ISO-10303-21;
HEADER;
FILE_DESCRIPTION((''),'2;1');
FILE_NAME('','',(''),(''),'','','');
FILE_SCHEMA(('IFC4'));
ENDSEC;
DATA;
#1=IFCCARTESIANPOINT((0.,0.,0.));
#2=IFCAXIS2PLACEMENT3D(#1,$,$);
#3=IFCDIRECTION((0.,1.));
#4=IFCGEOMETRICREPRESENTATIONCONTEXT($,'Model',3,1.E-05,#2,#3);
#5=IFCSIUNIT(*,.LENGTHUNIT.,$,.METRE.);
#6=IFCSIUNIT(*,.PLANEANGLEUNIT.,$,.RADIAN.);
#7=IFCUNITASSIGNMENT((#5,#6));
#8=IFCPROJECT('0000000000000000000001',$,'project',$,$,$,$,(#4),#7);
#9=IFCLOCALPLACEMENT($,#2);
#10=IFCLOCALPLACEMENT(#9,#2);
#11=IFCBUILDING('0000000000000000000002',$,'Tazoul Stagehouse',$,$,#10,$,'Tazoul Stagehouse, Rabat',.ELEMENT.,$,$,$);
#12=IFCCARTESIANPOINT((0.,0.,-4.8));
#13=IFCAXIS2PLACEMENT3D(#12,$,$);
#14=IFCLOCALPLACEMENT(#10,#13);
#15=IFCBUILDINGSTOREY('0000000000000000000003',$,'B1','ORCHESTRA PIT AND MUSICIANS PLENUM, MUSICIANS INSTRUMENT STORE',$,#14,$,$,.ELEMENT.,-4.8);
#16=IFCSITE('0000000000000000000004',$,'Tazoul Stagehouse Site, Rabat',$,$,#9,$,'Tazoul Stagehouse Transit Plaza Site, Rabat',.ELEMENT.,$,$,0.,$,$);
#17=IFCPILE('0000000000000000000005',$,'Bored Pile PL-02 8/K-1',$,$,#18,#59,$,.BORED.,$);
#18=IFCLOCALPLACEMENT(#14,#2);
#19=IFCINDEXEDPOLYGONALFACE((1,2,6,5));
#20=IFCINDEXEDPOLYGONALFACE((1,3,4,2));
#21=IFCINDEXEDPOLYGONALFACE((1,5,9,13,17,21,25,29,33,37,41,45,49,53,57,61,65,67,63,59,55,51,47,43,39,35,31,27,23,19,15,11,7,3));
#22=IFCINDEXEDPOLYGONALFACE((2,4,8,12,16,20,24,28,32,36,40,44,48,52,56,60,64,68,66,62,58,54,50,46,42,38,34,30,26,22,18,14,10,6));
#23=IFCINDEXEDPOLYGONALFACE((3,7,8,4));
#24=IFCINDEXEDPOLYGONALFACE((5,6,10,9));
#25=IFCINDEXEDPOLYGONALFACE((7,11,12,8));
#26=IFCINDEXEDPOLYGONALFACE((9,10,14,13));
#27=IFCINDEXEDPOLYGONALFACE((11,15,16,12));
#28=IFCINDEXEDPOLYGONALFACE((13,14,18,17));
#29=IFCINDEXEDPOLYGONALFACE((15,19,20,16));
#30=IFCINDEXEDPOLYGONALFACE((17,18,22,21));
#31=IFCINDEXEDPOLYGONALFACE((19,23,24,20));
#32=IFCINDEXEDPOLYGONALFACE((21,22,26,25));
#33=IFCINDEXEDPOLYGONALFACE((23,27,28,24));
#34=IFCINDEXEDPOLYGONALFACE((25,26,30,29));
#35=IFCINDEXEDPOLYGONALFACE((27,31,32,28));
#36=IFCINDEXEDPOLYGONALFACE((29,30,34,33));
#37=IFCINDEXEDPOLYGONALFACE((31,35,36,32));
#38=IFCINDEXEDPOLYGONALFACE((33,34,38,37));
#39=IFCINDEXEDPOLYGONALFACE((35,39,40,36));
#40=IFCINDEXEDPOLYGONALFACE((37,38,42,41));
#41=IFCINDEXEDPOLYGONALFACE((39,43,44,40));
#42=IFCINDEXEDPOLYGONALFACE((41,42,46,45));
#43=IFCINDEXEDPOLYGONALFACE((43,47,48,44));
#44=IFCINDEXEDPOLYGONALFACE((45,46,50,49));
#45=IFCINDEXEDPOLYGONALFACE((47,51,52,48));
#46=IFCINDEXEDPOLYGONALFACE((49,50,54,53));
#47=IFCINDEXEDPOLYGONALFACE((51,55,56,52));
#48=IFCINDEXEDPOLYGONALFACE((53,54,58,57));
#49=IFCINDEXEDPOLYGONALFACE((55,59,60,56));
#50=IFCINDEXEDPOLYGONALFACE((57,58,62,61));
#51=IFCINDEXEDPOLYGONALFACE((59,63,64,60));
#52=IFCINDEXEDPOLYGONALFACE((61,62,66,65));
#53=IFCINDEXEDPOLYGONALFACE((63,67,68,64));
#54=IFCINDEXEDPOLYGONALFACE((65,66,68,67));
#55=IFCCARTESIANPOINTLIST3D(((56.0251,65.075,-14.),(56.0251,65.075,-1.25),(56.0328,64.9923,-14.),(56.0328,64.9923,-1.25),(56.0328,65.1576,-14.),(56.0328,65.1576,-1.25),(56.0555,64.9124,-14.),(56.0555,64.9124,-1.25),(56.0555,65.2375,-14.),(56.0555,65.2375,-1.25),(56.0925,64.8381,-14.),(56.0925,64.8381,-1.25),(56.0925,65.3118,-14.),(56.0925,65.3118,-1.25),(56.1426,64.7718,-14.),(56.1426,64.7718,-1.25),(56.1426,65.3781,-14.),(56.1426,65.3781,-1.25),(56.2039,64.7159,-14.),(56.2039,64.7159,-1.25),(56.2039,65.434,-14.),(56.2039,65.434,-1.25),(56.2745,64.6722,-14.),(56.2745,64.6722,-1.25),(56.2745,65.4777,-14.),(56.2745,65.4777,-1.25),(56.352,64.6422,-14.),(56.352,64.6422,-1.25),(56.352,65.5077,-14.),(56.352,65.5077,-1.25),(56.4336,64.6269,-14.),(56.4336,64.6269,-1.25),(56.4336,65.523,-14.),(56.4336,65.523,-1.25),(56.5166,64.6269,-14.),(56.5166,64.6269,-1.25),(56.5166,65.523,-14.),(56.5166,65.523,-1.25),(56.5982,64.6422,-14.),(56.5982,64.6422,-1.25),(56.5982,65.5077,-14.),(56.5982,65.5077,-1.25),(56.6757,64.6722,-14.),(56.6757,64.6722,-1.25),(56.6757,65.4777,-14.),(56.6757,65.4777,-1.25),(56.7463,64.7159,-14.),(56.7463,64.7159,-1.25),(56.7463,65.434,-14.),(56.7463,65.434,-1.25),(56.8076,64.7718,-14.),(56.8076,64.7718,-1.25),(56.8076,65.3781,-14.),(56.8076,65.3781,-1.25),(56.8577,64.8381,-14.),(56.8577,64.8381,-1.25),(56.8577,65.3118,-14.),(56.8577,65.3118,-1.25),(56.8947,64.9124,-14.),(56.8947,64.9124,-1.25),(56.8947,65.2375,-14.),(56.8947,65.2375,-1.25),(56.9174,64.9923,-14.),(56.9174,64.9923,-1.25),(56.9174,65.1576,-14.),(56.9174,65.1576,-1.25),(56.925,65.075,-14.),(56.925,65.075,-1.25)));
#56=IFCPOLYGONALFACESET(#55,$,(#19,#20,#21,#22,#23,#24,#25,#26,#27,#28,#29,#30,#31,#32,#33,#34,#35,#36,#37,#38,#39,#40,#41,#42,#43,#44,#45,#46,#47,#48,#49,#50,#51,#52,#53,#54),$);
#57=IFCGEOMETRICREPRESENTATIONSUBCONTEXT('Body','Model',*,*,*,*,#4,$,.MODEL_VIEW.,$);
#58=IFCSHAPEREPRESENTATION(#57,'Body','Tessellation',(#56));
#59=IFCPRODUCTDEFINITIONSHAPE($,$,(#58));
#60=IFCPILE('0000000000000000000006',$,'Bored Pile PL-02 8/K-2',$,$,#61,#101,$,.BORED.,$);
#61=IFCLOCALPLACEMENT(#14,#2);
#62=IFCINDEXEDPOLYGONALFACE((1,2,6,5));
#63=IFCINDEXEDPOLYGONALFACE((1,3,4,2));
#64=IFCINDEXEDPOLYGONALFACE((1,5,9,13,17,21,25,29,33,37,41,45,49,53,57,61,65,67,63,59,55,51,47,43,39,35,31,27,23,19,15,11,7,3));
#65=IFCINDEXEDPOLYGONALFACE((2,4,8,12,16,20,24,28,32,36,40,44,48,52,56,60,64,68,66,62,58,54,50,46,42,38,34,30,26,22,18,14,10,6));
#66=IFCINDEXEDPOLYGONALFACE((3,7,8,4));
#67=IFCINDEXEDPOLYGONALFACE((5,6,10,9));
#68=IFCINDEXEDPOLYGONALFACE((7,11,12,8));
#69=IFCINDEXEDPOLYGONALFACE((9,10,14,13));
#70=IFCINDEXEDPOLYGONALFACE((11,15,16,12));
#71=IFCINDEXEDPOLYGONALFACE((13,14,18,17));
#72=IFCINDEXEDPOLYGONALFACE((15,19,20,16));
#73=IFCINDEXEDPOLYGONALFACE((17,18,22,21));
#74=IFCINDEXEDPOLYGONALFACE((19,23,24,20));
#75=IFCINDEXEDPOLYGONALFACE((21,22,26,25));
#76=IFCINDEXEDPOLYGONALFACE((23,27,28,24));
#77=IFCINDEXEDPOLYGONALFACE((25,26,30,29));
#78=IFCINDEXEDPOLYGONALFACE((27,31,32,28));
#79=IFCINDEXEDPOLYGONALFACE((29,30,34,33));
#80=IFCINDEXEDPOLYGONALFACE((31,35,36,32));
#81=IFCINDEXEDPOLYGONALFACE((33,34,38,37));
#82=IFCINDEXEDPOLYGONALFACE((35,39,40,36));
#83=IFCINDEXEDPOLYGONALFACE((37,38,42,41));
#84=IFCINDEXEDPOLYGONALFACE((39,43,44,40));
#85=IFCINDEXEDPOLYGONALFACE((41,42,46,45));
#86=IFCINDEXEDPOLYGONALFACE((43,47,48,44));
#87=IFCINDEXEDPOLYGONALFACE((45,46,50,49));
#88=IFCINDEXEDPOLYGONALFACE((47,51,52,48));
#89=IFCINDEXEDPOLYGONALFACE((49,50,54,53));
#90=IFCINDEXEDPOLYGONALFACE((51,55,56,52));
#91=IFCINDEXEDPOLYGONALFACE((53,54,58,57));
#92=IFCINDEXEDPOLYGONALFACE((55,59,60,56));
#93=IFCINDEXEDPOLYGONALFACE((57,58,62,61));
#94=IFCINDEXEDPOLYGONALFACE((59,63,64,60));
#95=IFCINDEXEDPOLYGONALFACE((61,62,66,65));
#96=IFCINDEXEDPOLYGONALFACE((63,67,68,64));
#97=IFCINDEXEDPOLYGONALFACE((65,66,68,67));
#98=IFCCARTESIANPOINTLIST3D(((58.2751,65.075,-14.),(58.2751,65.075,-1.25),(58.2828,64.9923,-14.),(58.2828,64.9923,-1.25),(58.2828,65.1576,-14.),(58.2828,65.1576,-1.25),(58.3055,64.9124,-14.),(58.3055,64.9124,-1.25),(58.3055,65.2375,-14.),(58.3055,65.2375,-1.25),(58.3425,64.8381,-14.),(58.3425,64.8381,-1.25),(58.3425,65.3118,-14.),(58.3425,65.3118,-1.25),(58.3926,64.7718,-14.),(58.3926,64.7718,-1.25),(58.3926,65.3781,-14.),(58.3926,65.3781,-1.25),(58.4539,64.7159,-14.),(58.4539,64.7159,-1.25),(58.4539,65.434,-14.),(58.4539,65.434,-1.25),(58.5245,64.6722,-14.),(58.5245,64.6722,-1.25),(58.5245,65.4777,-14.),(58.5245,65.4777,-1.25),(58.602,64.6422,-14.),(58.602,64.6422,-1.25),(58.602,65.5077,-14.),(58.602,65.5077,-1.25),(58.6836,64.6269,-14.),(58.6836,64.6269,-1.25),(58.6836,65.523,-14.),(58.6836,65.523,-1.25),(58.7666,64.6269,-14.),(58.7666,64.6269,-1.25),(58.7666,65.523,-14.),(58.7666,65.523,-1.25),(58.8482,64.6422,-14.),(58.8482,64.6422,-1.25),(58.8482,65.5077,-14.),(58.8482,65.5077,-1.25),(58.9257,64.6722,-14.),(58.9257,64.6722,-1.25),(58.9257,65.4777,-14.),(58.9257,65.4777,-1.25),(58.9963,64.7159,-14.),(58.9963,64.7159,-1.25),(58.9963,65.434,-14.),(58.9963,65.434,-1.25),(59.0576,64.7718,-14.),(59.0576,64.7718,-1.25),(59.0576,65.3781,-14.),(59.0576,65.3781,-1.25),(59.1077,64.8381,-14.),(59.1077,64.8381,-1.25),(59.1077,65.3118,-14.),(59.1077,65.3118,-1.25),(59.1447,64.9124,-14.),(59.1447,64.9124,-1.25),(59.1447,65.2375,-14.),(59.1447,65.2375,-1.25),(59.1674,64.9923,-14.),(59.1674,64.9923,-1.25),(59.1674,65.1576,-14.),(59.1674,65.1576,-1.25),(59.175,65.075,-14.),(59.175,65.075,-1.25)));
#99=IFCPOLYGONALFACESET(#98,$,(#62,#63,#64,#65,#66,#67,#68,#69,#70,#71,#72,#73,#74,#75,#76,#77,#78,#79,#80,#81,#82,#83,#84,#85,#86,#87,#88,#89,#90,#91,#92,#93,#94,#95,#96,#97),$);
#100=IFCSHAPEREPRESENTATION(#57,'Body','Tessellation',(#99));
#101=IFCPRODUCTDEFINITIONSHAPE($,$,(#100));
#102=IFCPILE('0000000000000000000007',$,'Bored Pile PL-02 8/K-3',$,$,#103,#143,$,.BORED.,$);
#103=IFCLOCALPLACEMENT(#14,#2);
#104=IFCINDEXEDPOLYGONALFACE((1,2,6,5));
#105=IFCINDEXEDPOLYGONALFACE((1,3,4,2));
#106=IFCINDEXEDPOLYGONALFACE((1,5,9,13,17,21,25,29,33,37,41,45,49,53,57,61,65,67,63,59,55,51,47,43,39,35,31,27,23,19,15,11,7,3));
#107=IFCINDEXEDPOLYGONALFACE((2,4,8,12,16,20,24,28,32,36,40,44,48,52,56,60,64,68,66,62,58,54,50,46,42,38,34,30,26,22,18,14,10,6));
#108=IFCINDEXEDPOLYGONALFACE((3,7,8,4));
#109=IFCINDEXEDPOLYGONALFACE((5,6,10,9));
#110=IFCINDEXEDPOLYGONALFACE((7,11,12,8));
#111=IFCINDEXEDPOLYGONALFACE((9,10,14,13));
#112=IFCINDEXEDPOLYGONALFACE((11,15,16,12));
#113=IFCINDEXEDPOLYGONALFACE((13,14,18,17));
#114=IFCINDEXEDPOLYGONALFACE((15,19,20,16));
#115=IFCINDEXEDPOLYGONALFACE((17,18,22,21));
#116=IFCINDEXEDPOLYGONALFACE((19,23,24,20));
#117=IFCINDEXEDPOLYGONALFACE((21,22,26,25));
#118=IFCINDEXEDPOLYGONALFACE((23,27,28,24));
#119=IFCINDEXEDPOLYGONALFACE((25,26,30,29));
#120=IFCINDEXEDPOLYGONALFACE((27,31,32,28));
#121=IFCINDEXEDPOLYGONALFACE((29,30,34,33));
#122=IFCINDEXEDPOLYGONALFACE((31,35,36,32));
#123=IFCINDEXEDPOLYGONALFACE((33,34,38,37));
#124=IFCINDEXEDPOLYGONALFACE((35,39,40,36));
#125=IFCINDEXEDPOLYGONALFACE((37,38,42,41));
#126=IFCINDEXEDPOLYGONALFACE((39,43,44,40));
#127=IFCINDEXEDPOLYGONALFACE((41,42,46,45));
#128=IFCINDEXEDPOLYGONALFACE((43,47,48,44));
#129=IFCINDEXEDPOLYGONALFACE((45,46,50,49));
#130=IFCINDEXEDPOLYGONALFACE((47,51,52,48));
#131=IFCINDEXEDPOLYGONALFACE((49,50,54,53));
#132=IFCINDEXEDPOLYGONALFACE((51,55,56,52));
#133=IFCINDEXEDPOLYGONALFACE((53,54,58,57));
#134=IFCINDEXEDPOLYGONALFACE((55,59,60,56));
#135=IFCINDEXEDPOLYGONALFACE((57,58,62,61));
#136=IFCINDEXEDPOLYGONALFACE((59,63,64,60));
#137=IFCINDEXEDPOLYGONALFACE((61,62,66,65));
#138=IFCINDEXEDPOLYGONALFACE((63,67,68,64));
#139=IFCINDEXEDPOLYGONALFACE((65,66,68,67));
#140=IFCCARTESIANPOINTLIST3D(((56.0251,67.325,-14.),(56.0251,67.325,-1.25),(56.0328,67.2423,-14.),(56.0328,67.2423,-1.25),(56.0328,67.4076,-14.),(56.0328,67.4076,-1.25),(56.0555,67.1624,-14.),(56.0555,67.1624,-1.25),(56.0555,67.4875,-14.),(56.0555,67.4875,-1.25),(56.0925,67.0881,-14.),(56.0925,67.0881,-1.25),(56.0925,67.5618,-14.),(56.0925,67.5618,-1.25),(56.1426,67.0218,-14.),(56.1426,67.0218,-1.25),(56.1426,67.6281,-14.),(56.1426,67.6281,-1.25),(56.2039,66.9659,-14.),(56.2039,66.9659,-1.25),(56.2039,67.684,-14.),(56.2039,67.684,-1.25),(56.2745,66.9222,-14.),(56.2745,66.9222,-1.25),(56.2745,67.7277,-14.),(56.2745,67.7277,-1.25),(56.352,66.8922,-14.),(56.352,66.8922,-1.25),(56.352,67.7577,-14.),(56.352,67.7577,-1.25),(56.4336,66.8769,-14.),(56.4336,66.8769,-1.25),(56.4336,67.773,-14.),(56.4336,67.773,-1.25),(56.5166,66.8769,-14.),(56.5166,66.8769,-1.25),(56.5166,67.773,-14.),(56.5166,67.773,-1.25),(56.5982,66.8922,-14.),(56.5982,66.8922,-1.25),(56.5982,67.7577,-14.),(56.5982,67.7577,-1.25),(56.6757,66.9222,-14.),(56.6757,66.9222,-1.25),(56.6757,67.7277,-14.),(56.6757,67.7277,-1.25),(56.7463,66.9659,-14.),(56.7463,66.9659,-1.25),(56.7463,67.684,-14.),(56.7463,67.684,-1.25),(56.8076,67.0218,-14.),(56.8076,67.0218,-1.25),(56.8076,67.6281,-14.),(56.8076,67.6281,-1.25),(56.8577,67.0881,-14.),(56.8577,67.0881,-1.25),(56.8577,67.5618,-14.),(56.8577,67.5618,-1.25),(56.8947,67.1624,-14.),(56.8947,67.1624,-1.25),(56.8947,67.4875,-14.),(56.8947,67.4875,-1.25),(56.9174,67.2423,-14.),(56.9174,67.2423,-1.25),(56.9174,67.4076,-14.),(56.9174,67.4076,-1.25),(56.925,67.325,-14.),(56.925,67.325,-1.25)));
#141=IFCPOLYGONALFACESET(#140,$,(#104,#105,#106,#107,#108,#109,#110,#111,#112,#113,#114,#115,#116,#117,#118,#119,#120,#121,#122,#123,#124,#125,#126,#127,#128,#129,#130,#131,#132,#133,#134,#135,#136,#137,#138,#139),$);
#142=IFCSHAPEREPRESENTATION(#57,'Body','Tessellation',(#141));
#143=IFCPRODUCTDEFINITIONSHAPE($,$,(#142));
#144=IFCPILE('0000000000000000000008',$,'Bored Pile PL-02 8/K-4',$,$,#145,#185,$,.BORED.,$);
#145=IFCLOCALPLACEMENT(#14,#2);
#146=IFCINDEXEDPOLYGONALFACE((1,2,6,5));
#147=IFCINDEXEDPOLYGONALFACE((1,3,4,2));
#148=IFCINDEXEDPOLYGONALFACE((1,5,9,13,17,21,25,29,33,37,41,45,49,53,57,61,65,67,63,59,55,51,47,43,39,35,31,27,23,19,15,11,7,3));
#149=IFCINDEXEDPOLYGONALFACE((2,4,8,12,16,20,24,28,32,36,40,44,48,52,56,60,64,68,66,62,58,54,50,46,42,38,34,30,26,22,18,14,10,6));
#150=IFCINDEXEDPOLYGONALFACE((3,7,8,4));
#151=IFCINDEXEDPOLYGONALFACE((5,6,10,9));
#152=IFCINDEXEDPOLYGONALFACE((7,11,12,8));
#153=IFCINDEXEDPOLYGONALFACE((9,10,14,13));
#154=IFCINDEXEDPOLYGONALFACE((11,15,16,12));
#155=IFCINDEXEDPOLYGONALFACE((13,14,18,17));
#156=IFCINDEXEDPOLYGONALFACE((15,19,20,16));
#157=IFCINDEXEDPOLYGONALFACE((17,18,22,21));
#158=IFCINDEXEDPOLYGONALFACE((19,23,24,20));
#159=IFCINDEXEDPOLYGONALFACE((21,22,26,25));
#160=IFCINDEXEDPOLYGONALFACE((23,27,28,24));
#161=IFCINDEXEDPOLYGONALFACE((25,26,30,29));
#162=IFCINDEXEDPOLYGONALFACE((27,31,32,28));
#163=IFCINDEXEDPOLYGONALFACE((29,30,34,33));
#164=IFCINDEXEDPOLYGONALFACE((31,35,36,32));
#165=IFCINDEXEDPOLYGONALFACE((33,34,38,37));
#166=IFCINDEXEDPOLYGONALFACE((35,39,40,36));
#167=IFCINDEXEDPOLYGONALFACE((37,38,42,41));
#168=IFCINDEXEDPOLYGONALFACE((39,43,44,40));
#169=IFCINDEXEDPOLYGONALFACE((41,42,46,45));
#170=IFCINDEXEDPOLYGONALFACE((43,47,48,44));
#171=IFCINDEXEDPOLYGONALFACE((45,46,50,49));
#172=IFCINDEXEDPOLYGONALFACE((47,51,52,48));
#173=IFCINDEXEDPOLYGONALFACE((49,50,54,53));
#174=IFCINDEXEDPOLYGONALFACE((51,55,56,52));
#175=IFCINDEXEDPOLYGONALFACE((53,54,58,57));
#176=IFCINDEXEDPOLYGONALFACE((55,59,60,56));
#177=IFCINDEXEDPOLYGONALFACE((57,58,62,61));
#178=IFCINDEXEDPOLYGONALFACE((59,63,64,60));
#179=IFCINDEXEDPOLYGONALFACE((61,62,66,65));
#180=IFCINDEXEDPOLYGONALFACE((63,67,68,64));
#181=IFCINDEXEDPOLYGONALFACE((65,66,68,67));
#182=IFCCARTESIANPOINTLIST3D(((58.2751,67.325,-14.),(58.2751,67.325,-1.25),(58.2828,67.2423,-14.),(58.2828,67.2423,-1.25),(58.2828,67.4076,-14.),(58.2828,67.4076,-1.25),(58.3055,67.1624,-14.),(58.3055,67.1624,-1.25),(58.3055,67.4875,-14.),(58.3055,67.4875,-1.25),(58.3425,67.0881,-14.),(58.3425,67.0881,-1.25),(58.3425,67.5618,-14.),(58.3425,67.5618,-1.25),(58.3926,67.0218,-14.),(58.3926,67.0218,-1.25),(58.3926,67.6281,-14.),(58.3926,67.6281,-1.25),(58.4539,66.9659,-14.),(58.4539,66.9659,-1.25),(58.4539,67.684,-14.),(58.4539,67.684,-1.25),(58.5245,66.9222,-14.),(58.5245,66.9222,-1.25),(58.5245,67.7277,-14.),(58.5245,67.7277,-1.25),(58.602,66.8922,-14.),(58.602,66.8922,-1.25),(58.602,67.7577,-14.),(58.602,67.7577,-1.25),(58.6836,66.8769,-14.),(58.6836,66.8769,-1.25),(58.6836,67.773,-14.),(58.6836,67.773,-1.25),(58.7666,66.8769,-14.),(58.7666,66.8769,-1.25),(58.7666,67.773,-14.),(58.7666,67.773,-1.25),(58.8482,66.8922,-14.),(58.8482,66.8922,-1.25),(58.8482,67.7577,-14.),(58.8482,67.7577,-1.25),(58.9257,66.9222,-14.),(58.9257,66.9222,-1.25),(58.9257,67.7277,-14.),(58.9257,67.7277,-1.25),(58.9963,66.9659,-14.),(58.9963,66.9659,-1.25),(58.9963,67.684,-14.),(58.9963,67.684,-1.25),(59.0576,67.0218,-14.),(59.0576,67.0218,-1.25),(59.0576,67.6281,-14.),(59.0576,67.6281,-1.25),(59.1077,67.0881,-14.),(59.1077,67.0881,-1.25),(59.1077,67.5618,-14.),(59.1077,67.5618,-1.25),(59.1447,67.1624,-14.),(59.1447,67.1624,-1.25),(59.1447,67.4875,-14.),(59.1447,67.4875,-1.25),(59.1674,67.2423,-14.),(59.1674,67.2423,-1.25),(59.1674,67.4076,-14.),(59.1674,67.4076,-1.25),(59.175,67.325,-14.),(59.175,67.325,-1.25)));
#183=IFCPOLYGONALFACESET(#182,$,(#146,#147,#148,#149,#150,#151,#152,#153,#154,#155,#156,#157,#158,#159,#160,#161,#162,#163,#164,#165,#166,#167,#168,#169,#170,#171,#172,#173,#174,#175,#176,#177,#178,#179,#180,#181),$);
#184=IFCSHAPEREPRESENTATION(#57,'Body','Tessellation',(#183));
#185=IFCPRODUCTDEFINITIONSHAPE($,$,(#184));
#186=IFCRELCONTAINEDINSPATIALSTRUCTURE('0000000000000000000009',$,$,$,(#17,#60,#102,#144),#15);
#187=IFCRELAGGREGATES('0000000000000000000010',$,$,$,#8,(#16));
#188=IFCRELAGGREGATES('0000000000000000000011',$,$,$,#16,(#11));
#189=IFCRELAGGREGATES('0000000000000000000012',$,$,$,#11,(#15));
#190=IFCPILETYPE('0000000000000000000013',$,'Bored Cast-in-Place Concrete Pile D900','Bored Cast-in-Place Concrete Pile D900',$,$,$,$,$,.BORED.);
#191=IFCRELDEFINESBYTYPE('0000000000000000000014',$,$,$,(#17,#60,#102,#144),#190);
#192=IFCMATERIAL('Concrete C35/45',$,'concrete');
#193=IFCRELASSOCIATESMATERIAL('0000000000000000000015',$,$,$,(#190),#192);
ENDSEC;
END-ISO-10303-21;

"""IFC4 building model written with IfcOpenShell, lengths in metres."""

from ifc_helpers import new_model, si_unit, direction, frame, origin, origin_2d, place, context, subcontext, project, spatial, circle, extrude, material, material_profile, profile_set, type_object, element, save


model = new_model("IFC4")

# Units and contexts
model_context = context("Model", 3, precision=1e-05, world=origin(), true_north=direction((0.0, 1.0)))
body_context = subcontext(model_context, "Body", "Model", "MODEL_VIEW")
ifc_project = project(units=[si_unit("LENGTHUNIT", "METRE"), si_unit("PLANEANGLEUNIT", "RADIAN")], contexts=[model_context])

# Site, building, storey
site_placement = place(None, origin())
site = spatial("IfcSite", under=ifc_project, at=site_placement, Name="Tazoul Stagehouse Site, Rabat", LongName="Tazoul Stagehouse Transit Plaza Site, Rabat", CompositionType="ELEMENT", RefElevation=0.0)
building_placement = place(site_placement, origin())
building = spatial("IfcBuilding", under=site, at=building_placement, Name="Tazoul Stagehouse", LongName="Tazoul Stagehouse, Rabat", CompositionType="ELEMENT")
storey_placement = place(building_placement, frame((0.0, 0.0, -4.8)))
storey = spatial("IfcBuildingStorey", under=building, at=storey_placement, Name="B1", Description="ORCHESTRA PIT AND MUSICIANS PLENUM, MUSICIANS INSTRUMENT STORE", CompositionType="ELEMENT", Elevation=-4.8)

# Piles
ifc_material_1 = material(Name="Concrete C35/45", Category="concrete")
ifc_material_profile_1 = material_profile(ifc_material_1, circle(Radius=0.45, at=origin_2d()), Name="BORED PILE 900")
ifc_profile_set_1 = profile_set([ifc_material_profile_1], Name="Concrete C35/45")
pile_type = type_object("IfcPileType", Name="Bored Cast-in-Place Concrete Pile D900", Description="Bored Cast-in-Place Concrete Pile D900", PredefinedType="BORED", material=ifc_profile_set_1)
for number, where, z_axis, x_axis, name in (
    (1, (56.4751, 65.075, -1.25), (0.0, 0.0, -1.0), (1.0, 0.0, 0.0), "Bored Pile PL-02 8/K-1"),
    (2, (58.7251, 65.075, -1.25), (0.0, 0.0, -1.0), (1.0, 0.0, 0.0), "Bored Pile PL-02 8/K-2"),
    (3, (56.4751, 67.325, -1.25), (0.0, 0.0, -1.0), (1.0, 0.0, 0.0), "Bored Pile PL-02 8/K-3"),
    (4, (58.7251, 67.325, -1.25), (0.0, 0.0, -1.0), (1.0, 0.0, 0.0), "Bored Pile PL-02 8/K-4"),
):
    element("IfcPile", number, at=place(storey_placement, frame(where, z_axis=z_axis, x_axis=x_axis)), inside=storey, type_object=pile_type, Name=name, PredefinedType="BORED", context=body_context, shape_type="SweptSolid", body=[
        extrude(circle(Radius=0.45, at=origin_2d()), origin(), (0.0, 0.0, 1.0), 12.75),
    ])

save(model, "model.ifc")
